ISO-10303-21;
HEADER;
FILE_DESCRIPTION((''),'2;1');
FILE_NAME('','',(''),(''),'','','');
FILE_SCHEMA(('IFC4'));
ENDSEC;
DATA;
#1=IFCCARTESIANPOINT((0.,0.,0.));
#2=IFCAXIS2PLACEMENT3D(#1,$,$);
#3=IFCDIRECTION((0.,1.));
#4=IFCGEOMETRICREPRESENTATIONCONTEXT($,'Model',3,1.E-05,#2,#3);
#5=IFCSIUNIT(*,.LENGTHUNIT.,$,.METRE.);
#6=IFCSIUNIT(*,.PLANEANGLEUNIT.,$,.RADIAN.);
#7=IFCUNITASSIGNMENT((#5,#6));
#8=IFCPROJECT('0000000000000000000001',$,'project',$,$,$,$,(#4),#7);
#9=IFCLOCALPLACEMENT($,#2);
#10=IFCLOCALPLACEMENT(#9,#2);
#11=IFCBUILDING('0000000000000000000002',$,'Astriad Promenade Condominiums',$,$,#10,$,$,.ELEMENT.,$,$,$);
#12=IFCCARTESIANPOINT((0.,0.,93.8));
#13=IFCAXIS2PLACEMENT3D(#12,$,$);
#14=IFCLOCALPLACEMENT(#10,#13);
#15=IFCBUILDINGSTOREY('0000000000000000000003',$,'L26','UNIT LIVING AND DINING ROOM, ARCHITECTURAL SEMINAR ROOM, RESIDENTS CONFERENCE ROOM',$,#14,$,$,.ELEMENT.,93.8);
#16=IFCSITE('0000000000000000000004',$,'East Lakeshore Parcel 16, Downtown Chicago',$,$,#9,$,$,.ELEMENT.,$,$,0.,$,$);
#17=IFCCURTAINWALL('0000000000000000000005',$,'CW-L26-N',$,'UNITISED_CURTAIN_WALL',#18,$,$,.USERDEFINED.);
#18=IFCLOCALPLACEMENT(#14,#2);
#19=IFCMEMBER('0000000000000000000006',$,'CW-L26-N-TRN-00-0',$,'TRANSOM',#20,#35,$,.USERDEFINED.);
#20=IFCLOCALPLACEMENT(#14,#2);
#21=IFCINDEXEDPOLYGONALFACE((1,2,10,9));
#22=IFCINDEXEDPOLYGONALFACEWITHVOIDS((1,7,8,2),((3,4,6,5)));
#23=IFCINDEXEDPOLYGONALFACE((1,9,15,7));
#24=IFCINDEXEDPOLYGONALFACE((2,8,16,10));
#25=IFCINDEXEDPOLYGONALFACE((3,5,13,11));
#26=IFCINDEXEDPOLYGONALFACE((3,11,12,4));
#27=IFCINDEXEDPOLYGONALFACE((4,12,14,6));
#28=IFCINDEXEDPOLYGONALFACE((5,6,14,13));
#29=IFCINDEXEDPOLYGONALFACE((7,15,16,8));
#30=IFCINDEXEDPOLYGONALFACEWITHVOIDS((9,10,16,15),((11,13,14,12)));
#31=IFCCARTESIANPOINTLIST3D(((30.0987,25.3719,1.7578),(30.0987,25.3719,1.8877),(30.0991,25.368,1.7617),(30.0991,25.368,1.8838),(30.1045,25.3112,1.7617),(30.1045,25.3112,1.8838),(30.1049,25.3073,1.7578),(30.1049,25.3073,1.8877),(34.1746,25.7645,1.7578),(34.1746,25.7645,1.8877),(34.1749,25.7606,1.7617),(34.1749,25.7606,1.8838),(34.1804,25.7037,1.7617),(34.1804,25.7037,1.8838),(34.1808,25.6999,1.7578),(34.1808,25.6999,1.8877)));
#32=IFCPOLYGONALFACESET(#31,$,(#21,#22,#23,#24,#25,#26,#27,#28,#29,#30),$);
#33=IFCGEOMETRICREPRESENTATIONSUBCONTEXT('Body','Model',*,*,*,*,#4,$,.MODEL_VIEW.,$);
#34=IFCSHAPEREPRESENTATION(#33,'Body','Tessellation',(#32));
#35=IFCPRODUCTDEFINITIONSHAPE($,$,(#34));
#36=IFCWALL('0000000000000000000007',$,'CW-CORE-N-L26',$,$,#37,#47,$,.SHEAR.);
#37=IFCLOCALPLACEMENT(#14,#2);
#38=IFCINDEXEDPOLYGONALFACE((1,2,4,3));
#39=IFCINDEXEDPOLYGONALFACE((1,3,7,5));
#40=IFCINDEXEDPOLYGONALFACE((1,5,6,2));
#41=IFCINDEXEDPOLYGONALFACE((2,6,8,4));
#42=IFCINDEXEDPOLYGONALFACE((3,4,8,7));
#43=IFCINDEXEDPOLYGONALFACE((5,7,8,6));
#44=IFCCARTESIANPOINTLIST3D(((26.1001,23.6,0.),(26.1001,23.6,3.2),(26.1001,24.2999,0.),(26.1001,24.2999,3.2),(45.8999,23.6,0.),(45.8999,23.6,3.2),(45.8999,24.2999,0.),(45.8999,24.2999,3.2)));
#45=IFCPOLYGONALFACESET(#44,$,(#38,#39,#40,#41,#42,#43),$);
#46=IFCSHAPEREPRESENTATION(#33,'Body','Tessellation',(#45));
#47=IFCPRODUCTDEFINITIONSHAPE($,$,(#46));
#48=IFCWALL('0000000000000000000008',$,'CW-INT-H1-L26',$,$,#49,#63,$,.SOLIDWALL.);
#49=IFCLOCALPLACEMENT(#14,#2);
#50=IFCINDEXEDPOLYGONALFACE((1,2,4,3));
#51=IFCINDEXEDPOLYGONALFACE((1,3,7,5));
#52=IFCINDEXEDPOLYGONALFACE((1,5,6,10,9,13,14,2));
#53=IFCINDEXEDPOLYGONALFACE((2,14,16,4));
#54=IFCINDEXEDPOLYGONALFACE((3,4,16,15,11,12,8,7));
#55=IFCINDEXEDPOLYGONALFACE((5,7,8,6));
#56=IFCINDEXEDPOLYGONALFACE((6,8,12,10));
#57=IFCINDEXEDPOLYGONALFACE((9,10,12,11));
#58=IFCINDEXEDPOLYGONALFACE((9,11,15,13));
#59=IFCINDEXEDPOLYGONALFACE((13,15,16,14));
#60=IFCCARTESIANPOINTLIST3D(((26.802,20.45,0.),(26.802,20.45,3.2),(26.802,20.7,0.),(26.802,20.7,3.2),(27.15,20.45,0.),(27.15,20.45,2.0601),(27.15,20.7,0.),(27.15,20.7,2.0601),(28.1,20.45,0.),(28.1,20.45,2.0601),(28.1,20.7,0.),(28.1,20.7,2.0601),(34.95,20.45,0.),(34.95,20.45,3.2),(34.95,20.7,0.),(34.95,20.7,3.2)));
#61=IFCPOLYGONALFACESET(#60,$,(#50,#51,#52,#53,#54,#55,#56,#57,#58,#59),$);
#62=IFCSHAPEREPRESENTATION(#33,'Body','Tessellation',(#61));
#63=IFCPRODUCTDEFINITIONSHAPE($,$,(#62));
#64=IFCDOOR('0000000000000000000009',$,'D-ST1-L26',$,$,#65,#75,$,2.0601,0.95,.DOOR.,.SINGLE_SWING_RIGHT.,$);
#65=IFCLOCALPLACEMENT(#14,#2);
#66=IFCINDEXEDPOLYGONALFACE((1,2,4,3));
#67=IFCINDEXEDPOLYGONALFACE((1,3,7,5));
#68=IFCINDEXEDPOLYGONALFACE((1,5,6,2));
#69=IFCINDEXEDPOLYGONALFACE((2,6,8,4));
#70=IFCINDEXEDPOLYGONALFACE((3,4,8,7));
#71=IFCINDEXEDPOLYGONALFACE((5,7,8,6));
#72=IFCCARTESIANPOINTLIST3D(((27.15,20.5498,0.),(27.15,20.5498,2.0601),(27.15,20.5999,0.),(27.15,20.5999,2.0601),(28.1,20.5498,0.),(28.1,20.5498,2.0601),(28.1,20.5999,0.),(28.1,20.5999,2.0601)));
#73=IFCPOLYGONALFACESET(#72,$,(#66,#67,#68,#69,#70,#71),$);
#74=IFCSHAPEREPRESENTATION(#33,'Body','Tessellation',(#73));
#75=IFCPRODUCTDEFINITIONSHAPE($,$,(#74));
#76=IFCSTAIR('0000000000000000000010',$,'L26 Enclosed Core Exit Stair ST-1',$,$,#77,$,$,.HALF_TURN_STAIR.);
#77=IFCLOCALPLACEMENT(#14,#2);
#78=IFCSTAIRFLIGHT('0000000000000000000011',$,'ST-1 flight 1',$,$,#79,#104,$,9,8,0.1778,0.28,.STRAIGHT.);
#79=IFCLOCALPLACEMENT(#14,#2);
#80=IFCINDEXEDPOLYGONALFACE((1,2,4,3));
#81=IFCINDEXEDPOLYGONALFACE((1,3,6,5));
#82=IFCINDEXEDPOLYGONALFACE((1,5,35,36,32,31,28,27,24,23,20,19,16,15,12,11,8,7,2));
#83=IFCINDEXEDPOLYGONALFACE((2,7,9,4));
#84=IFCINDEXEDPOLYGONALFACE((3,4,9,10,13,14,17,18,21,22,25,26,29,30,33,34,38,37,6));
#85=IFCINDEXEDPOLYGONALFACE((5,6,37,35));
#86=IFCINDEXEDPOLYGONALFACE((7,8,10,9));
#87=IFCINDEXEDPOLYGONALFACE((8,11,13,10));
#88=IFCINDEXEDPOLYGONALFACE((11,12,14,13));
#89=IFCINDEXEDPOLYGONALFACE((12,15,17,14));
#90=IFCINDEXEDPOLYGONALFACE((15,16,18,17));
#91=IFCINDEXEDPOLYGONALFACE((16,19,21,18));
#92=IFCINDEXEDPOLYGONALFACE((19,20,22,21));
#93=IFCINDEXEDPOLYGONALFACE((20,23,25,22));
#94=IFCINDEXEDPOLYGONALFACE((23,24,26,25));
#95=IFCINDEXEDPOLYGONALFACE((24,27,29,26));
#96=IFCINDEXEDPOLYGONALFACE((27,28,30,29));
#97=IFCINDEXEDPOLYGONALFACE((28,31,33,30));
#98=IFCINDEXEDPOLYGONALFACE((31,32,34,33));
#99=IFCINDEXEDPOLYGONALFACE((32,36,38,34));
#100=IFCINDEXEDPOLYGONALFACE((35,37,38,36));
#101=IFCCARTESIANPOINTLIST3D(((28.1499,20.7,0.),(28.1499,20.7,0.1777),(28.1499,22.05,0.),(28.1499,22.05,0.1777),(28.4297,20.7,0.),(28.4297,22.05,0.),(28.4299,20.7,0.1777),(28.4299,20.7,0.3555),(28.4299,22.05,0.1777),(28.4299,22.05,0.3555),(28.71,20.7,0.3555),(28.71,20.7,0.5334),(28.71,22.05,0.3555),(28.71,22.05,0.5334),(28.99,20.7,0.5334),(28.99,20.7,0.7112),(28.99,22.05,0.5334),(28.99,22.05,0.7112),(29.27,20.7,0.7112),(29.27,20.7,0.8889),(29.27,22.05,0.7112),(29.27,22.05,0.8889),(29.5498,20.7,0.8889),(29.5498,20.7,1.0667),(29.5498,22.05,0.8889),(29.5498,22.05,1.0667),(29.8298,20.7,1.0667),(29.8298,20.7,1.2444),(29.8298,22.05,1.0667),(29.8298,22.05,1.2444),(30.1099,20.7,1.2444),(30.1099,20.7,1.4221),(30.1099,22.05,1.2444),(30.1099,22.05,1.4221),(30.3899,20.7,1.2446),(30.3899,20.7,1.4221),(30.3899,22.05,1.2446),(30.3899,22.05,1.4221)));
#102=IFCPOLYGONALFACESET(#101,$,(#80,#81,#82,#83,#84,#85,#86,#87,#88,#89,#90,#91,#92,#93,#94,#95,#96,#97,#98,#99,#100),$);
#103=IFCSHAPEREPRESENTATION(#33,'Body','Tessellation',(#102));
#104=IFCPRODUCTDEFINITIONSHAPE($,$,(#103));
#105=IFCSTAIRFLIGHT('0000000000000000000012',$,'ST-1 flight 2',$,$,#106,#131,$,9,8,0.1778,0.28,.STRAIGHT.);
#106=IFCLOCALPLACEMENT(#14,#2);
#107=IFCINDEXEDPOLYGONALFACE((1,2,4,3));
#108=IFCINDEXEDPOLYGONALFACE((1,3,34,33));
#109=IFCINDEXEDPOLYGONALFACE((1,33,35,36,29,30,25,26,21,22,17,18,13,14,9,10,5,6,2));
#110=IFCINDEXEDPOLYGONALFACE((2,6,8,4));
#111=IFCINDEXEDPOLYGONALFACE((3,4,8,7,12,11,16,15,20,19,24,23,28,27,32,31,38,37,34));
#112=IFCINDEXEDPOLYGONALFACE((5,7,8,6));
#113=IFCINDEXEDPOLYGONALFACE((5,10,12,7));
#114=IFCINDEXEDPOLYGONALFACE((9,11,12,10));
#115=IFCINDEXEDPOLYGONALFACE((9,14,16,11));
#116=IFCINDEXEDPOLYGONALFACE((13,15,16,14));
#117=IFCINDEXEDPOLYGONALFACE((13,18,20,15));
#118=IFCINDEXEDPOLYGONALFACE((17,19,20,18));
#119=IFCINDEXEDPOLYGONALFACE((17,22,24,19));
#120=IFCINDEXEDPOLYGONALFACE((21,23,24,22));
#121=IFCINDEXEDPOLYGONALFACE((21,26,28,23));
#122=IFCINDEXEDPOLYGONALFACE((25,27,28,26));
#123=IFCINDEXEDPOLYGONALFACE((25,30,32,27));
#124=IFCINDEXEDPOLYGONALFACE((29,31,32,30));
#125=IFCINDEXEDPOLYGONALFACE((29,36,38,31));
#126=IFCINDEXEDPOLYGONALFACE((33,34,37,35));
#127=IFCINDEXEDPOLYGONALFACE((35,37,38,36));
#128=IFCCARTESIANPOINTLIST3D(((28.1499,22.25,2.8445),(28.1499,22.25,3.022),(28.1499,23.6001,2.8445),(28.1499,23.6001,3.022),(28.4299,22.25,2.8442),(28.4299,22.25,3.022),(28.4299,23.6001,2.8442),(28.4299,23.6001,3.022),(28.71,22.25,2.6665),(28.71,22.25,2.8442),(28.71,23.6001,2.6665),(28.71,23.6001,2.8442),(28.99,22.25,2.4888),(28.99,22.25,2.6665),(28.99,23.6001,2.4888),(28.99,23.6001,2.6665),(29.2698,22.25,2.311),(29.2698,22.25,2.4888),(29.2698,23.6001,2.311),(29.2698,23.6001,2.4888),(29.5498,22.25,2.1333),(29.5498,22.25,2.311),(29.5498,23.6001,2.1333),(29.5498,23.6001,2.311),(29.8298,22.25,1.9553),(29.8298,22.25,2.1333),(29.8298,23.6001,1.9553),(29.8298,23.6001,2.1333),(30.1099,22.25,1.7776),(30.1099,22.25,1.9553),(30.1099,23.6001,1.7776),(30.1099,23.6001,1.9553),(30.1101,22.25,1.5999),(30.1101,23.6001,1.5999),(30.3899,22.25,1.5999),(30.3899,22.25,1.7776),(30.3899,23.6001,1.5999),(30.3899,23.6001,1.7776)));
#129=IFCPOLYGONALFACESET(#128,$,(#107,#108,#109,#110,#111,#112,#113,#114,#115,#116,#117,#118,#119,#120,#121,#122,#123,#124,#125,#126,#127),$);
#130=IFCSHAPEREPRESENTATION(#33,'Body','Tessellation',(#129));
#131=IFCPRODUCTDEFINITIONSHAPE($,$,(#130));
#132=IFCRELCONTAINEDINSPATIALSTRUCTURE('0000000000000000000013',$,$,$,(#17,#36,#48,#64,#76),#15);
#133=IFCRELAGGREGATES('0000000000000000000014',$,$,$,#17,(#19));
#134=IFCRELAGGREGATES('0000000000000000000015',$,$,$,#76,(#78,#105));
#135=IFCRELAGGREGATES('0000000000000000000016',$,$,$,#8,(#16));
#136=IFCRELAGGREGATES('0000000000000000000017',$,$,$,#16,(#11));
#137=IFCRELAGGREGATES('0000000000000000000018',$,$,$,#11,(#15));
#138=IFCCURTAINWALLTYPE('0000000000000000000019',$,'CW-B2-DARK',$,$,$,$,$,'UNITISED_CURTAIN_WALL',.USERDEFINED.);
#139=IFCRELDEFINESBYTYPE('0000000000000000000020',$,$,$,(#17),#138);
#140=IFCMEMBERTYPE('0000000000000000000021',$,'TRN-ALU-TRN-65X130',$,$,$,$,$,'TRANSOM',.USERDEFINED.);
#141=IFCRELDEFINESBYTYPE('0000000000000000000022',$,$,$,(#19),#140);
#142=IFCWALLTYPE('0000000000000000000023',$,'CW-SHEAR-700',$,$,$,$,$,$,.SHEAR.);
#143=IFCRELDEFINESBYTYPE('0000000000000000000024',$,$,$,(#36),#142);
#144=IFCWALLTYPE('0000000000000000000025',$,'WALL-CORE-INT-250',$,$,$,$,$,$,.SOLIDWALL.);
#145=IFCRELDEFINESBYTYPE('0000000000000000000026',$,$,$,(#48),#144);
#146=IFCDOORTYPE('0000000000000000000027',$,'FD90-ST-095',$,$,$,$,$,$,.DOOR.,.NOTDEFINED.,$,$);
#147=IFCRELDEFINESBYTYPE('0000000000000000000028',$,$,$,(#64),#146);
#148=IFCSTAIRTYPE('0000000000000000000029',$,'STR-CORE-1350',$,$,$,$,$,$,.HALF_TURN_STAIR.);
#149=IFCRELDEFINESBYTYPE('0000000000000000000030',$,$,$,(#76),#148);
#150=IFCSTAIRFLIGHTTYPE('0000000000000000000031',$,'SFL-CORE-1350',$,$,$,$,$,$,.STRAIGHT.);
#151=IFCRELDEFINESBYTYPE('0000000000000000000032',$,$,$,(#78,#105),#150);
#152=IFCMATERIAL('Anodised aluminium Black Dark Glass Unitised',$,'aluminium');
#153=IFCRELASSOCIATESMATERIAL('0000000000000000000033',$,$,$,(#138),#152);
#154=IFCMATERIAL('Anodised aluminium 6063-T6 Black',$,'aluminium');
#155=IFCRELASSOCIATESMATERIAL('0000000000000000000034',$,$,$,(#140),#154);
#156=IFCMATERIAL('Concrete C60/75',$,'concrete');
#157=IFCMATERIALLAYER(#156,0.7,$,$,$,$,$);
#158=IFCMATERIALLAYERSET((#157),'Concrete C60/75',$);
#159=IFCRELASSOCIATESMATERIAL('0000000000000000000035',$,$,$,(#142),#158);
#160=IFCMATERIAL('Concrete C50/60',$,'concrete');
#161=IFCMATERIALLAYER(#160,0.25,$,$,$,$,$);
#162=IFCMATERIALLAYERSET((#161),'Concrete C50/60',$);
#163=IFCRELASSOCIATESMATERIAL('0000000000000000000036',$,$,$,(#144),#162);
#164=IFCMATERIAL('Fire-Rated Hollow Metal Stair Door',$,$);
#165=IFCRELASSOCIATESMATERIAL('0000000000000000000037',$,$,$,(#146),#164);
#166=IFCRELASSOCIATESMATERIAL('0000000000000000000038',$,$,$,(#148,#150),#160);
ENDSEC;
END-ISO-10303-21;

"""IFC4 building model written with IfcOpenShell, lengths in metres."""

from ifc_helpers import new_model, si_unit, direction, frame, frame_2d, origin, origin_2d, place, context, subcontext, project, spatial, polyline, rectangle, hollow_rectangle, outline, extrude, source, transform, mapped, material, layer, layer_set, material_profile, profile_set, type_object, type_shapes, element, fill, aggregate, save


model = new_model("IFC4")

# Units and contexts
model_context = context("Model", 3, precision=1e-05, world=origin(), true_north=direction((0.0, 1.0)))
body_context = subcontext(model_context, "Body", "Model", "MODEL_VIEW")
ifc_project = project(units=[si_unit("LENGTHUNIT", "METRE"), si_unit("PLANEANGLEUNIT", "RADIAN")], contexts=[model_context])

# Site, building, storey
site_placement = place(None, origin())
site = spatial("IfcSite", under=ifc_project, at=site_placement, Name="East Lakeshore Parcel 16, Downtown Chicago", CompositionType="ELEMENT", RefElevation=0.0)
building_placement = place(site_placement, origin())
building = spatial("IfcBuilding", under=site, at=building_placement, Name="Astriad Promenade Condominiums", CompositionType="ELEMENT")
storey_placement = place(building_placement, frame((0.0, 0.0, 93.8)))
storey = spatial("IfcBuildingStorey", under=building, at=storey_placement, Name="L26", Description="UNIT LIVING AND DINING ROOM, ARCHITECTURAL SEMINAR ROOM, RESIDENTS CONFERENCE ROOM", CompositionType="ELEMENT", Elevation=93.8)

# Shared definitions
ifc_material_1 = material(Name="Concrete C60/75", Category="concrete")

# Curtain wall, member
ifc_material_2 = material(Name="Anodised aluminium Black Dark Glass Unitised", Category="aluminium")
curtain_wall_type = type_object("IfcCurtainWallType", Name="CW-B2-DARK", ElementType="UNITISED_CURTAIN_WALL", PredefinedType="USERDEFINED", material=ifc_material_2)
curtain_wall_placement = place(storey_placement, origin())
curtain_wall = element("IfcCurtainWall", 1, at=curtain_wall_placement, inside=storey, type_object=curtain_wall_type, Name="CW-L26-N", ObjectType="UNITISED_CURTAIN_WALL", PredefinedType="USERDEFINED")
ifc_material_3 = material(Name="Anodised aluminium 6063-T6 Black", Category="aluminium")
ifc_material_profile_1 = material_profile(ifc_material_3, hollow_rectangle(XDim=0.0649, YDim=0.1299, WallThickness=0.0039, at=origin_2d()), Name="ALU-TRN-65X130")
ifc_profile_set_1 = profile_set([ifc_material_profile_1], Name="Anodised aluminium 6063-T6 Black")
member_type_1 = type_object("IfcMemberType", Name="TRN-ALU-TRN-65X130", ElementType="TRANSOM", PredefinedType="USERDEFINED", material=ifc_profile_set_1)
shared_shape_1 = source(origin(), body_context, "Body", "SweptSolid", [
    extrude(hollow_rectangle(XDim=0.0649, YDim=0.1299, WallThickness=0.0039, at=origin_2d()), origin(), (0.0, 0.0, 1.0), 4.0947),
])
type_shapes(member_type_1, [shared_shape_1])
member_1_placement = place(storey_placement, frame((30.1018, 25.3396, 1.8228), z_axis=(0.995394, 0.095873, 0.0), x_axis=(-0.095873, 0.995394, 0.0)))
member_1 = element("IfcMember", 2, at=member_1_placement, type_object=member_type_1, Name="CW-L26-N-TRN-00-0", ObjectType="TRANSOM", PredefinedType="USERDEFINED", context=body_context, shape_type="MappedRepresentation", body=[
    mapped(shared_shape_1, transform((0.0, 0.0, 0.0), scale=1.0)),
])
aggregate(curtain_wall, [member_1])

# Wall
ifc_layer_1 = layer(ifc_material_1, 0.7)
ifc_layer_set_1 = layer_set([ifc_layer_1], Name="Concrete C60/75")
wall_type_1 = type_object("IfcWallType", Name="CW-SHEAR-700", PredefinedType="SHEAR", material=ifc_layer_set_1)
wall_1_placement = place(storey_placement, frame((26.1001, 23.95, 0.0), z_axis=(0.0, 0.0, 1.0), x_axis=(1.0, 0.0, 0.0)))
element("IfcWall", 3, at=wall_1_placement, inside=storey, type_object=wall_type_1, Name="CW-CORE-N-L26", PredefinedType="SHEAR", context=body_context, shape_type="SweptSolid", body=[
    extrude(rectangle(XDim=19.7998, YDim=0.7, at=frame_2d((9.8999, 0.0))), origin(), (0.0, 0.0, 1.0), 3.2),
])

# Wall, opening, door
ifc_material_4 = material(Name="Concrete C50/60", Category="concrete")
ifc_layer_2 = layer(ifc_material_4, 0.25)
ifc_layer_set_2 = layer_set([ifc_layer_2], Name="Concrete C50/60")
wall_type_2 = type_object("IfcWallType", Name="WALL-CORE-INT-250", PredefinedType="SOLIDWALL", material=ifc_layer_set_2)
wall_2_placement = place(storey_placement, frame((26.802, 20.575, 0.0), z_axis=(0.0, 0.0, 1.0), x_axis=(1.0, 0.0, 0.0)))
wall_2 = element("IfcWall", 4, at=wall_2_placement, inside=storey, type_object=wall_type_2, Name="CW-INT-H1-L26", PredefinedType="SOLIDWALL", context=body_context, shape_type="SweptSolid", body=[
    extrude(rectangle(XDim=8.1479, YDim=0.25, at=frame_2d((4.074, 0.0))), origin(), (0.0, 0.0, 1.0), 3.2),
])
opening_placement = place(wall_2_placement, frame((0.3479, 0.0, 0.0)))
opening = element("IfcOpeningElement", 5, at=opening_placement, cuts=wall_2, PredefinedType="OPENING", context=body_context, shape_type="SweptSolid", body=[
    extrude(rectangle(XDim=0.95, YDim=2.0601, at=frame_2d((0.4751, 1.03))), frame((0.0, 0.135, 0.0), z_axis=(0.0, -1.0, 0.0), x_axis=(1.0, 0.0, 0.0)), (0.0, 0.0, 1.0), 0.27),
])
ifc_material_5 = material(Name="Fire-Rated Hollow Metal Stair Door")
door_type = type_object("IfcDoorType", Name="FD90-ST-095", OperationType="NOTDEFINED", PredefinedType="DOOR", material=ifc_material_5)
shared_shape_2 = source(origin(), body_context, "Body", "SweptSolid", [
    extrude(rectangle(XDim=0.95, YDim=2.0601, at=frame_2d((0.4751, 1.03))), frame((0.0, 0.0249, 0.0), z_axis=(0.0, -1.0, 0.0), x_axis=(1.0, 0.0, 0.0)), (0.0, 0.0, 1.0), 0.05),
])
type_shapes(door_type, [shared_shape_2])
door_placement = place(opening_placement, origin())
door = element("IfcDoor", 6, at=door_placement, inside=storey, type_object=door_type, Name="D-ST1-L26", OperationType="SINGLE_SWING_RIGHT", OverallHeight=2.0601, OverallWidth=0.95, PredefinedType="DOOR", context=body_context, shape_type="MappedRepresentation", body=[
    mapped(shared_shape_2, transform((0.0, 0.0, 0.0), scale=1.0)),
])
fill(opening, door)

# Stair, stair flights
stair_type = type_object("IfcStairType", Name="STR-CORE-1350", PredefinedType="HALF_TURN_STAIR", material=ifc_material_4)
stair_placement = place(storey_placement, origin())
stair = element("IfcStair", 7, at=stair_placement, inside=storey, type_object=stair_type, Name="L26 Enclosed Core Exit Stair ST-1", PredefinedType="HALF_TURN_STAIR")
stair_flight_type = type_object("IfcStairFlightType", Name="SFL-CORE-1350", PredefinedType="STRAIGHT", material=ifc_material_4)
shared_shape_3 = source(origin(), body_context, "Body", "SweptSolid", [
    extrude(outline(polyline([(0.0, 0.0), (0.0, 0.1777), (0.28, 0.1777), (0.28, 0.3555), (0.5601, 0.3555), (0.5601, 0.5334), (0.8401, 0.5334), (0.8401, 0.7112), (1.1201, 0.7112), (1.1201, 0.8889), (1.3999, 0.8889), (1.3999, 1.0667), (1.6799, 1.0667), (1.6799, 1.2444), (1.96, 1.2444), (1.96, 1.4221), (2.24, 1.4221), (2.24, 1.6001), (2.24, 1.2446), (0.2798, 0.0), (0.0, 0.0)])), frame((0.0, 0.675, 0.0), z_axis=(0.0, -1.0, 0.0), x_axis=(1.0, 0.0, 0.0)), (0.0, 0.0, 1.0), 1.3501),
])
type_shapes(stair_flight_type, [shared_shape_3])
stair_flight_1_placement = place(storey_placement, frame((28.1499, 21.375, 0.0), z_axis=(0.0, 0.0, 1.0), x_axis=(1.0, 0.0, 0.0)))
stair_flight_1 = element("IfcStairFlight", 8, at=stair_flight_1_placement, type_object=stair_flight_type, Name="ST-1 flight 1", NumberOfRisers=9, NumberOfTreads=8, PredefinedType="STRAIGHT", RiserHeight=0.1778, TreadLength=0.28, context=body_context, shape_type="MappedRepresentation", body=[
    mapped(shared_shape_3, transform((0.0, 0.0, 0.0), scale=1.0)),
])
stair_flight_2_placement = place(storey_placement, frame((30.3899, 22.925, 1.5999), z_axis=(0.0, 0.0, 1.0), x_axis=(-1.0, 0.0, 0.0)))
stair_flight_2 = element("IfcStairFlight", 9, at=stair_flight_2_placement, type_object=stair_flight_type, Name="ST-1 flight 2", NumberOfRisers=9, NumberOfTreads=8, PredefinedType="STRAIGHT", RiserHeight=0.1778, TreadLength=0.28, context=body_context, shape_type="MappedRepresentation", body=[
    mapped(shared_shape_3, transform((0.0, 0.0, 0.0), scale=1.0)),
])
aggregate(stair, [stair_flight_1, stair_flight_2])

save(model, "model.ifc")
